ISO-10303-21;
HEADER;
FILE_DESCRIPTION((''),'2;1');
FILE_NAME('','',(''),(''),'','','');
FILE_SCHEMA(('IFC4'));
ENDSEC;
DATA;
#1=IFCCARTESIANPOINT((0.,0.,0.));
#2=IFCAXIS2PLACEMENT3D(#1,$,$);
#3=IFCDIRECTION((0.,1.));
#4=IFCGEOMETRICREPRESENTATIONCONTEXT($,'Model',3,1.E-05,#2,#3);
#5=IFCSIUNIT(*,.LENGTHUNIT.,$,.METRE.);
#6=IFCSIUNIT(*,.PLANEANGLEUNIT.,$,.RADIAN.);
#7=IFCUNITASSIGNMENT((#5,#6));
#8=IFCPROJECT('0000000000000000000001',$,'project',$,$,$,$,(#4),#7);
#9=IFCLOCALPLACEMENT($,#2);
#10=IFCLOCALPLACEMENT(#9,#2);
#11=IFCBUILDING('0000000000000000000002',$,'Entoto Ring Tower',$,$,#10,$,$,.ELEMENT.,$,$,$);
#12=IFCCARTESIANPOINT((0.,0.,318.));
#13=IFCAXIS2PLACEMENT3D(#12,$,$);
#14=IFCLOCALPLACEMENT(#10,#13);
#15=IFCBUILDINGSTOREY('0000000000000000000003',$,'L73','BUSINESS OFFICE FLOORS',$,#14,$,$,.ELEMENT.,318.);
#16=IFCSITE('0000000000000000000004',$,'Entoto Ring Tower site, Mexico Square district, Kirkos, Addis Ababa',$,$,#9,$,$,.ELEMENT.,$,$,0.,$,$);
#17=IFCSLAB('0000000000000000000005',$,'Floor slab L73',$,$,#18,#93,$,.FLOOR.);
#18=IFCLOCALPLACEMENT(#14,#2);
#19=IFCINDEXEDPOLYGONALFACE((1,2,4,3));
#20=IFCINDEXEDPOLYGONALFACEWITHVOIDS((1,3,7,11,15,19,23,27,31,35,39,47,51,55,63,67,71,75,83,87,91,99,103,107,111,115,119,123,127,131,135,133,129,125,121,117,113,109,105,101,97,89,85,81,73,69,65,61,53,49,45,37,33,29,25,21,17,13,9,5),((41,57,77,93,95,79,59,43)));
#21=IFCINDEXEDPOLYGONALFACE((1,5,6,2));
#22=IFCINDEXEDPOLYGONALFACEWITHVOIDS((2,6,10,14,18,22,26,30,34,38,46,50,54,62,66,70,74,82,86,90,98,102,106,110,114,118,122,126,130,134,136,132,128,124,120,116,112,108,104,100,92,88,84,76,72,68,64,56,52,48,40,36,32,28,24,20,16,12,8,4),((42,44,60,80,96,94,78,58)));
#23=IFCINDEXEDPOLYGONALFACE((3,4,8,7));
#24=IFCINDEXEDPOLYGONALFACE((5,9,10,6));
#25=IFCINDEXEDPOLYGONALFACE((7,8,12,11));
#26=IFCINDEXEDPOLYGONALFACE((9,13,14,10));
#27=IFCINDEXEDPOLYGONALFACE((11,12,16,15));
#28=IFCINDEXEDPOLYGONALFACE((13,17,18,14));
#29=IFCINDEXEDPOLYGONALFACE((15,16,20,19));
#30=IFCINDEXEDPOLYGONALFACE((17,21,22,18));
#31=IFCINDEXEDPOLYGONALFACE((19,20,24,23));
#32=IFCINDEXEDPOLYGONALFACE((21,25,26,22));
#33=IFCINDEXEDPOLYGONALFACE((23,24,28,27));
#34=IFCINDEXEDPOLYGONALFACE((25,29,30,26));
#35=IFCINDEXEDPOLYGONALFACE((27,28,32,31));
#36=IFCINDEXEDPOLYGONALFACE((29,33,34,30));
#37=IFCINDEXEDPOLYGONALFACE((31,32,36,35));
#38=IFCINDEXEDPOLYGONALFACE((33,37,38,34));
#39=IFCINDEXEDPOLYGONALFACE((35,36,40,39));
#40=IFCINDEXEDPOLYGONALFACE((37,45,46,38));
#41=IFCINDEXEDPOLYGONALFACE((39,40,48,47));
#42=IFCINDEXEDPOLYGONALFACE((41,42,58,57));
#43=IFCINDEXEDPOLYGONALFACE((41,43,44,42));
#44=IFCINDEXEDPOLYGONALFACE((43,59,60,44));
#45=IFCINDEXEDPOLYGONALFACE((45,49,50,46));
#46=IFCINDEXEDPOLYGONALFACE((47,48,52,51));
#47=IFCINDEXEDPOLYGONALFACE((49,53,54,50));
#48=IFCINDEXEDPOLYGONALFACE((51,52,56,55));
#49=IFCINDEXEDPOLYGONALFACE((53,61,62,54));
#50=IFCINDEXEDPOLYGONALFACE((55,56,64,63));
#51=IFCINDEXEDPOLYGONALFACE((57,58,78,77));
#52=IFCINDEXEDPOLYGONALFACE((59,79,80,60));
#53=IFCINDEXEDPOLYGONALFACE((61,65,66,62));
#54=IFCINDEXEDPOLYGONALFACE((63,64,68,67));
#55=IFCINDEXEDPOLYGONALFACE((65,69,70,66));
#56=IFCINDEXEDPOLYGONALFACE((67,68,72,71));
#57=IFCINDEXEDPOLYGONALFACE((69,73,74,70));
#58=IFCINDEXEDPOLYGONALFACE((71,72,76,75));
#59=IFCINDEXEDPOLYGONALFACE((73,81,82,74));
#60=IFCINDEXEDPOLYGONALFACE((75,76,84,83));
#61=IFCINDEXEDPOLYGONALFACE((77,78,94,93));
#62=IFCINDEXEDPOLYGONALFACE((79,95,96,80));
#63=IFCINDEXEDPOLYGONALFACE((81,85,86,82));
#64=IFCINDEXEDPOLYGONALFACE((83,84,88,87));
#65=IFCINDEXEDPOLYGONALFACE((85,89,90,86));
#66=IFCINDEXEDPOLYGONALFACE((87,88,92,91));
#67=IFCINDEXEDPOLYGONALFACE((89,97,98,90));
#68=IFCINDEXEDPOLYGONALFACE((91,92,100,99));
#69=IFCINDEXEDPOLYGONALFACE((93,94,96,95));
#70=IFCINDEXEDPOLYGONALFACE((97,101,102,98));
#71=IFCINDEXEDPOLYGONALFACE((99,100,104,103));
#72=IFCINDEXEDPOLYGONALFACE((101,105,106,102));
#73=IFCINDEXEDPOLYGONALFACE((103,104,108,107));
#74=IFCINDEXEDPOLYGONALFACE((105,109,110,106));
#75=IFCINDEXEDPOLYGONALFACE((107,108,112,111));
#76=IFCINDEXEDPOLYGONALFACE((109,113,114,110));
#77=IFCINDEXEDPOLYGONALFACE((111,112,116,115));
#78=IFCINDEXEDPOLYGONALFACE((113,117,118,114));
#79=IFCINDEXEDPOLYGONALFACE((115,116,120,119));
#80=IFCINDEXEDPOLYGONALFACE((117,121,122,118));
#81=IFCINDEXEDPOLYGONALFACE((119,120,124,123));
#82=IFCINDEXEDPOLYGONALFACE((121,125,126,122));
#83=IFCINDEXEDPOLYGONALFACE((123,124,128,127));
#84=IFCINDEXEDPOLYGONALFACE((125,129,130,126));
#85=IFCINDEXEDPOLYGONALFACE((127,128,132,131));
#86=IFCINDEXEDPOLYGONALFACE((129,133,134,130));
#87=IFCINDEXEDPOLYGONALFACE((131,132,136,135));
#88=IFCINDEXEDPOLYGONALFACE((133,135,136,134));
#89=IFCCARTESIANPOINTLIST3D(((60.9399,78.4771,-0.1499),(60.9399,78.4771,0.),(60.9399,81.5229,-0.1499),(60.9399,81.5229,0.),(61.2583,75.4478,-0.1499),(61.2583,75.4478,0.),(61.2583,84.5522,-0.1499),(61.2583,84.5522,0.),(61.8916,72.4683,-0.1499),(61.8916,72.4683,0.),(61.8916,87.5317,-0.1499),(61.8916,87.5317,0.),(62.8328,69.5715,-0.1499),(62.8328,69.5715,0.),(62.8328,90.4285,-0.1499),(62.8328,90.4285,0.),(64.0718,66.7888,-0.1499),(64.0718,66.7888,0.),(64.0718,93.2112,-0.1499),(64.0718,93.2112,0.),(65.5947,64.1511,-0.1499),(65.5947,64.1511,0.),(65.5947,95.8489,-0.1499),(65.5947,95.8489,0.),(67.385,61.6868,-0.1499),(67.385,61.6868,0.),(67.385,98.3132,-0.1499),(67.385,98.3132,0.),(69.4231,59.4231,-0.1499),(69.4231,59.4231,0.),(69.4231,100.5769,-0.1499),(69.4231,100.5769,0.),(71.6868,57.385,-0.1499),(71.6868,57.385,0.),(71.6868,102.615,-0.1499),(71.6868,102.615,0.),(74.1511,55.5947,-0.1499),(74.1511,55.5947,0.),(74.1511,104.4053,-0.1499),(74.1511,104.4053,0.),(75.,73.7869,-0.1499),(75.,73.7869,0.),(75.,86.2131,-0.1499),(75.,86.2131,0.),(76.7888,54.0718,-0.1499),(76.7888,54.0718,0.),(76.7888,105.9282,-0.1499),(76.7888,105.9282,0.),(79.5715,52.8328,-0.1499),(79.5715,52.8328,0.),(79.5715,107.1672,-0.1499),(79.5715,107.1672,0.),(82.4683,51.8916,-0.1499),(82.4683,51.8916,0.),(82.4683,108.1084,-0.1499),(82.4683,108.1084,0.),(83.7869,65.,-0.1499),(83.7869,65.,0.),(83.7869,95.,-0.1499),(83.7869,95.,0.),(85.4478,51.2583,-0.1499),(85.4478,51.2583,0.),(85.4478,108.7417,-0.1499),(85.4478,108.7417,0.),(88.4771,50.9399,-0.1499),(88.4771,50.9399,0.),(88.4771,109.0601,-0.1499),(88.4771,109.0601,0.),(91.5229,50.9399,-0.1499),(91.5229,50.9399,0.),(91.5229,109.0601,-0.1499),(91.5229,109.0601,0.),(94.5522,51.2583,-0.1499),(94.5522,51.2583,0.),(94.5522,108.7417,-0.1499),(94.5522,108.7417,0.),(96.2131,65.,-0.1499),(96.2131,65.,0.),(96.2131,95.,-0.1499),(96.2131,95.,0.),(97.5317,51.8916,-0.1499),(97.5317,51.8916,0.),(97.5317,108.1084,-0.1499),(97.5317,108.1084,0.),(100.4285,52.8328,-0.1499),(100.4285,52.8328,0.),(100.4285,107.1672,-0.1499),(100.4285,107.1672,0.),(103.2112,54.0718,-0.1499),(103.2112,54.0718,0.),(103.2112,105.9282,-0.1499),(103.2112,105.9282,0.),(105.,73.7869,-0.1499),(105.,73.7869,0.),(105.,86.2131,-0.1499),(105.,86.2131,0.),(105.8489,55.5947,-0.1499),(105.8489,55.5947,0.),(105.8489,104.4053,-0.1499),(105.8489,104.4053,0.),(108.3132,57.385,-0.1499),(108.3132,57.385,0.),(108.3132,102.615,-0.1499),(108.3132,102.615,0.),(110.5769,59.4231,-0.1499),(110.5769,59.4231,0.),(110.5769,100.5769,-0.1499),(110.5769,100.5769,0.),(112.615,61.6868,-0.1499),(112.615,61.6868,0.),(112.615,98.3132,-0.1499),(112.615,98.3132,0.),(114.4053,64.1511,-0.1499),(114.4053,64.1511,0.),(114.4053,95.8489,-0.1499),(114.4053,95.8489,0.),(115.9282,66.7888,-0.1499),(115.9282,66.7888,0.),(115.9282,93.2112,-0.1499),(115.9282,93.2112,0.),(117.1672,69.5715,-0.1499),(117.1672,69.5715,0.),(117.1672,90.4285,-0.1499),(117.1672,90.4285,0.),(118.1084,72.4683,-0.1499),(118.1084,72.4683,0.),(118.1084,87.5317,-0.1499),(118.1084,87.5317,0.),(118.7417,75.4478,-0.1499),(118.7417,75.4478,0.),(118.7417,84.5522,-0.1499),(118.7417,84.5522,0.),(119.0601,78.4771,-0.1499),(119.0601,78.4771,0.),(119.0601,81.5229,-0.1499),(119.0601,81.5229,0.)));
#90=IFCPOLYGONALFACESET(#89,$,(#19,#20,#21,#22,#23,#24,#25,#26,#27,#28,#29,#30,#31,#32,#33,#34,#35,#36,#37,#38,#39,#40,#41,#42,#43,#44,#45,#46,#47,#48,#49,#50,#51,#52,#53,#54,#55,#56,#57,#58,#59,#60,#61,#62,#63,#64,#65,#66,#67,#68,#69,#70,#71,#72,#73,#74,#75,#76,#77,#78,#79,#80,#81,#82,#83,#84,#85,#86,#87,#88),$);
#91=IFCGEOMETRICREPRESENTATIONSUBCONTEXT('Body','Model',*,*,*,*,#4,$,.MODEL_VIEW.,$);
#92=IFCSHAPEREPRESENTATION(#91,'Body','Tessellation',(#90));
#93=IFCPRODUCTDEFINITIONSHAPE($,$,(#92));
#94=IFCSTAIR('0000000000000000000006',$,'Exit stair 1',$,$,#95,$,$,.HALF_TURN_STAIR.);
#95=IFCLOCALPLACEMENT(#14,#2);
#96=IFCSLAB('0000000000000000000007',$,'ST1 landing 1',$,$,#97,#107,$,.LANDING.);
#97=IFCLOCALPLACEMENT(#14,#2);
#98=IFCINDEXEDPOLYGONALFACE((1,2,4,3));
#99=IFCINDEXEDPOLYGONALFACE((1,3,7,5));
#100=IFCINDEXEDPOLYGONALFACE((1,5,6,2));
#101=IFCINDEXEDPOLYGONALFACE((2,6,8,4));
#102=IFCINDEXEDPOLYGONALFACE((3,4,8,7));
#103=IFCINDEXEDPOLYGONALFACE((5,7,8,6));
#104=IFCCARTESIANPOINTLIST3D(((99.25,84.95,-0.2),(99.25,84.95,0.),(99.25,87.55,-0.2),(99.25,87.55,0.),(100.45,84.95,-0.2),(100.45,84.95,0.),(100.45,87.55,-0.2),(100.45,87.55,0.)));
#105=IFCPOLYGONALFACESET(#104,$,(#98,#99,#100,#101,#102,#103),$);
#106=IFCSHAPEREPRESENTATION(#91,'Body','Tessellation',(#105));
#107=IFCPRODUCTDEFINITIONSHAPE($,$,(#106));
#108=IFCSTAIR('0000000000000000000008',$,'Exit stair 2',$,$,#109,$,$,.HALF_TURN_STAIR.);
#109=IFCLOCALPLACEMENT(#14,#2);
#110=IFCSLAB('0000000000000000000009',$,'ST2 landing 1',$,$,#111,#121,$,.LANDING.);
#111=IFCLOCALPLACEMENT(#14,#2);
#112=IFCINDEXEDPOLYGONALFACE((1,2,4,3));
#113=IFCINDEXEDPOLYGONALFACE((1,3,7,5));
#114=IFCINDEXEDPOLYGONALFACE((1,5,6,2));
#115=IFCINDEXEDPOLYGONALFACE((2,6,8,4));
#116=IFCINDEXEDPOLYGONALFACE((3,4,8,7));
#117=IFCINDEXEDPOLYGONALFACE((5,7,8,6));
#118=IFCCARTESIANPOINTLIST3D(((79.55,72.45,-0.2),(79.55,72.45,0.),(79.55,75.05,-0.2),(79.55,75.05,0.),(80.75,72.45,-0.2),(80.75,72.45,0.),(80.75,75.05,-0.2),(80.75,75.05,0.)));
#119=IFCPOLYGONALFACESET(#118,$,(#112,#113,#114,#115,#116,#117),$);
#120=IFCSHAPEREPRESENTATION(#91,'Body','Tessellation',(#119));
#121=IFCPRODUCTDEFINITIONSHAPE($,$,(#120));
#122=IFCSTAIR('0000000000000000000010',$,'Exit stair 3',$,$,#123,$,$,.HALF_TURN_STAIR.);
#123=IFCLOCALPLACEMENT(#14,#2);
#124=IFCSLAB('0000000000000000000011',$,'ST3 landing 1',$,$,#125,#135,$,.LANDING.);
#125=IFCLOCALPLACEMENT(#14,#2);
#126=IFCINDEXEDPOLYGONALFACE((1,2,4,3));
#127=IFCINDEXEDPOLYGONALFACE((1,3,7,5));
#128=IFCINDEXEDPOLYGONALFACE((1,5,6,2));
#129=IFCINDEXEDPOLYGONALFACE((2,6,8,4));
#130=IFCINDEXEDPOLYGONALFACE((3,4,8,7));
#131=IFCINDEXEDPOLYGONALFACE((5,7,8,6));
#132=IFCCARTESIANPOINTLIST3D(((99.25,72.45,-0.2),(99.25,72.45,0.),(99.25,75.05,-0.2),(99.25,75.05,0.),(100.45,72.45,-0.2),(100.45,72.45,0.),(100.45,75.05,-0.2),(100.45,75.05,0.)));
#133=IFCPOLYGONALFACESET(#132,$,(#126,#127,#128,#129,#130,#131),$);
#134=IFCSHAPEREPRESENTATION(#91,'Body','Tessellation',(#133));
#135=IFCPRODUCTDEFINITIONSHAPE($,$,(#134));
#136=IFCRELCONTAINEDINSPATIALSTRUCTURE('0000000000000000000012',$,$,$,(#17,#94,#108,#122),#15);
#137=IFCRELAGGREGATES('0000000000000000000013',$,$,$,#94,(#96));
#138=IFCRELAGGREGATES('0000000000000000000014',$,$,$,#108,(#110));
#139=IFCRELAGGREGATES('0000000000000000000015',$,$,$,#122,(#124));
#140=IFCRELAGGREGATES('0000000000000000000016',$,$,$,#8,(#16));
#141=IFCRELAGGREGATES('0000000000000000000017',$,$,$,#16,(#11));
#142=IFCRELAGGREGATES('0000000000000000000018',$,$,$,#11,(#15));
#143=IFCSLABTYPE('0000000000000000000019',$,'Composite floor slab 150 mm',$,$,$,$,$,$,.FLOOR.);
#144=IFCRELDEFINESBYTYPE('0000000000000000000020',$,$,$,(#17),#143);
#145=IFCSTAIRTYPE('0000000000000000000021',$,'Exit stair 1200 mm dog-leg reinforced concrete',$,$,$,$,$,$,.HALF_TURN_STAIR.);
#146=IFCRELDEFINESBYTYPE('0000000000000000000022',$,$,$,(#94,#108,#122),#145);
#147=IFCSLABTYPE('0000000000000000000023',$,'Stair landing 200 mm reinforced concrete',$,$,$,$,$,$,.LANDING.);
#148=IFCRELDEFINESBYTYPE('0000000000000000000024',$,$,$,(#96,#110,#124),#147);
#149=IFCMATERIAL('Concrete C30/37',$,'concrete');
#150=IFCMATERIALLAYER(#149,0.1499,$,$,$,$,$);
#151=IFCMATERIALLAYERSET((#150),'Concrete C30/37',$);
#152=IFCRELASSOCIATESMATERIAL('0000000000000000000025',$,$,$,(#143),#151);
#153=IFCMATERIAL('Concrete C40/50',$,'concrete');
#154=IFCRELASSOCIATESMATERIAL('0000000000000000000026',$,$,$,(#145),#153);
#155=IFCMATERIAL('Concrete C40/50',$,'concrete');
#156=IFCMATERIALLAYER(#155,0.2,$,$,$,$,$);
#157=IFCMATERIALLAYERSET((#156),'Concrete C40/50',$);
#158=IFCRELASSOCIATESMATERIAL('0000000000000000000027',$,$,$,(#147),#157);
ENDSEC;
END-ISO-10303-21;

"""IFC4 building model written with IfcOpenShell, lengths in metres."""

from ifc_helpers import new_model, si_unit, direction, frame, origin, place, context, subcontext, project, spatial, polyline, outline, extrude, material, layer, layer_set, type_object, element, aggregate, save


model = new_model("IFC4")

# Units and contexts
model_context = context("Model", 3, precision=1e-05, world=origin(), true_north=direction((0.0, 1.0)))
body_context = subcontext(model_context, "Body", "Model", "MODEL_VIEW")
ifc_project = project(units=[si_unit("LENGTHUNIT", "METRE"), si_unit("PLANEANGLEUNIT", "RADIAN")], contexts=[model_context])

# Site, building, storey
site_placement = place(None, origin())
building_placement = place(site_placement, origin())
storey_placement = place(building_placement, frame((0.0, 0.0, 318.0)))
site = spatial("IfcSite", under=ifc_project, at=site_placement, Name="Entoto Ring Tower site, Mexico Square district, Kirkos, Addis Ababa", CompositionType="ELEMENT", RefElevation=0.0)
building = spatial("IfcBuilding", under=site, at=building_placement, Name="Entoto Ring Tower", CompositionType="ELEMENT")
storey = spatial("IfcBuildingStorey", under=building, at=storey_placement, Name="L73", Description="BUSINESS OFFICE FLOORS", CompositionType="ELEMENT", Elevation=318.0)

# Slab
ifc_material_1 = material(Name="Concrete C30/37", Category="concrete")
ifc_layer_1 = layer(ifc_material_1, 0.1499)
ifc_layer_set_1 = layer_set([ifc_layer_1], Name="Concrete C30/37")
slab_type_1 = type_object("IfcSlabType", Name="Composite floor slab 150 mm", PredefinedType="FLOOR", material=ifc_layer_set_1)
slab_1_placement = place(storey_placement, frame((0.0, 0.0, -0.1499)))
element("IfcSlab", 1, at=slab_1_placement, inside=storey, type_object=slab_type_1, Name="Floor slab L73", PredefinedType="FLOOR", context=body_context, shape_type="SweptSolid", body=[
    extrude(outline(polyline([(118.7417, 84.5522), (118.1084, 87.5317), (117.1672, 90.4285), (115.9282, 93.2112), (114.4053, 95.8489), (112.615, 98.3132), (110.5769, 100.5769), (108.3132, 102.615), (105.8489, 104.4053), (103.2112, 105.9282), (100.4285, 107.1672), (97.5317, 108.1084), (94.5522, 108.7417), (91.5229, 109.0601), (88.4771, 109.0601), (85.4478, 108.7417), (82.4683, 108.1084), (79.5715, 107.1672), (76.7888, 105.9282), (74.1511, 104.4053), (71.6868, 102.615), (69.4231, 100.5769), (67.385, 98.3132), (65.5947, 95.8489), (64.0718, 93.2112), (62.8328, 90.4285), (61.8916, 87.5317), (61.2583, 84.5522), (60.9399, 81.5229), (60.9399, 78.4771), (61.2583, 75.4478), (61.8916, 72.4683), (62.8328, 69.5715), (64.0718, 66.7888), (65.5947, 64.1511), (67.385, 61.6868), (69.4231, 59.4231), (71.6868, 57.385), (74.1511, 55.5947), (76.7888, 54.0718), (79.5715, 52.8328), (82.4683, 51.8916), (85.4478, 51.2583), (88.4771, 50.9399), (91.5229, 50.9399), (94.5522, 51.2583), (97.5317, 51.8916), (100.4285, 52.8328), (103.2112, 54.0718), (105.8489, 55.5947), (108.3132, 57.385), (110.5769, 59.4231), (112.615, 61.6868), (114.4053, 64.1511), (115.9282, 66.7888), (117.1672, 69.5715), (118.1084, 72.4683), (118.7417, 75.4478), (119.0601, 78.4771), (119.0601, 81.5229), (118.7417, 84.5522)]), holes=[polyline([(105.0, 73.7869), (105.0, 86.2131), (96.2131, 95.0), (83.7869, 95.0), (75.0, 86.2131), (75.0, 73.7869), (83.7869, 65.0), (96.2131, 65.0), (105.0, 73.7869)])]), origin(), (0.0, 0.0, 1.0), 0.1499),
])

# Stairs, slabs
ifc_material_2 = material(Name="Concrete C40/50", Category="concrete")
stair_type = type_object("IfcStairType", Name="Exit stair 1200 mm dog-leg reinforced concrete", PredefinedType="HALF_TURN_STAIR", material=ifc_material_2)
stair_1_placement = place(storey_placement, origin())
stair_1 = element("IfcStair", 2, at=stair_1_placement, inside=storey, type_object=stair_type, Name="Exit stair 1", PredefinedType="HALF_TURN_STAIR")
ifc_material_3 = material(Name="Concrete C40/50", Category="concrete")
ifc_layer_2 = layer(ifc_material_3, 0.2)
ifc_layer_set_2 = layer_set([ifc_layer_2], Name="Concrete C40/50")
slab_type_2 = type_object("IfcSlabType", Name="Stair landing 200 mm reinforced concrete", PredefinedType="LANDING", material=ifc_layer_set_2)
slab_2_placement = place(storey_placement, frame((0.0, 0.0, -0.2)))
slab_2 = element("IfcSlab", 3, at=slab_2_placement, type_object=slab_type_2, Name="ST1 landing 1", PredefinedType="LANDING", context=body_context, shape_type="SweptSolid", body=[
    extrude(outline(polyline([(100.45, 84.95), (100.45, 87.55), (99.25, 87.55), (99.25, 84.95), (100.45, 84.95)])), origin(), (0.0, 0.0, 1.0), 0.2),
])
aggregate(stair_1, [slab_2])
stair_2_placement = place(storey_placement, origin())
stair_2 = element("IfcStair", 4, at=stair_2_placement, inside=storey, type_object=stair_type, Name="Exit stair 2", PredefinedType="HALF_TURN_STAIR")
slab_3_placement = place(storey_placement, frame((0.0, 0.0, -0.2)))
slab_3 = element("IfcSlab", 5, at=slab_3_placement, type_object=slab_type_2, Name="ST2 landing 1", PredefinedType="LANDING", context=body_context, shape_type="SweptSolid", body=[
    extrude(outline(polyline([(80.75, 72.45), (80.75, 75.05), (79.55, 75.05), (79.55, 72.45), (80.75, 72.45)])), origin(), (0.0, 0.0, 1.0), 0.2),
])
aggregate(stair_2, [slab_3])
stair_3_placement = place(storey_placement, origin())
stair_3 = element("IfcStair", 6, at=stair_3_placement, inside=storey, type_object=stair_type, Name="Exit stair 3", PredefinedType="HALF_TURN_STAIR")
slab_4_placement = place(storey_placement, frame((0.0, 0.0, -0.2)))
slab_4 = element("IfcSlab", 7, at=slab_4_placement, type_object=slab_type_2, Name="ST3 landing 1", PredefinedType="LANDING", context=body_context, shape_type="SweptSolid", body=[
    extrude(outline(polyline([(100.45, 72.45), (100.45, 75.05), (99.25, 75.05), (99.25, 72.45), (100.45, 72.45)])), origin(), (0.0, 0.0, 1.0), 0.2),
])
aggregate(stair_3, [slab_4])

save(model, "model.ifc")
